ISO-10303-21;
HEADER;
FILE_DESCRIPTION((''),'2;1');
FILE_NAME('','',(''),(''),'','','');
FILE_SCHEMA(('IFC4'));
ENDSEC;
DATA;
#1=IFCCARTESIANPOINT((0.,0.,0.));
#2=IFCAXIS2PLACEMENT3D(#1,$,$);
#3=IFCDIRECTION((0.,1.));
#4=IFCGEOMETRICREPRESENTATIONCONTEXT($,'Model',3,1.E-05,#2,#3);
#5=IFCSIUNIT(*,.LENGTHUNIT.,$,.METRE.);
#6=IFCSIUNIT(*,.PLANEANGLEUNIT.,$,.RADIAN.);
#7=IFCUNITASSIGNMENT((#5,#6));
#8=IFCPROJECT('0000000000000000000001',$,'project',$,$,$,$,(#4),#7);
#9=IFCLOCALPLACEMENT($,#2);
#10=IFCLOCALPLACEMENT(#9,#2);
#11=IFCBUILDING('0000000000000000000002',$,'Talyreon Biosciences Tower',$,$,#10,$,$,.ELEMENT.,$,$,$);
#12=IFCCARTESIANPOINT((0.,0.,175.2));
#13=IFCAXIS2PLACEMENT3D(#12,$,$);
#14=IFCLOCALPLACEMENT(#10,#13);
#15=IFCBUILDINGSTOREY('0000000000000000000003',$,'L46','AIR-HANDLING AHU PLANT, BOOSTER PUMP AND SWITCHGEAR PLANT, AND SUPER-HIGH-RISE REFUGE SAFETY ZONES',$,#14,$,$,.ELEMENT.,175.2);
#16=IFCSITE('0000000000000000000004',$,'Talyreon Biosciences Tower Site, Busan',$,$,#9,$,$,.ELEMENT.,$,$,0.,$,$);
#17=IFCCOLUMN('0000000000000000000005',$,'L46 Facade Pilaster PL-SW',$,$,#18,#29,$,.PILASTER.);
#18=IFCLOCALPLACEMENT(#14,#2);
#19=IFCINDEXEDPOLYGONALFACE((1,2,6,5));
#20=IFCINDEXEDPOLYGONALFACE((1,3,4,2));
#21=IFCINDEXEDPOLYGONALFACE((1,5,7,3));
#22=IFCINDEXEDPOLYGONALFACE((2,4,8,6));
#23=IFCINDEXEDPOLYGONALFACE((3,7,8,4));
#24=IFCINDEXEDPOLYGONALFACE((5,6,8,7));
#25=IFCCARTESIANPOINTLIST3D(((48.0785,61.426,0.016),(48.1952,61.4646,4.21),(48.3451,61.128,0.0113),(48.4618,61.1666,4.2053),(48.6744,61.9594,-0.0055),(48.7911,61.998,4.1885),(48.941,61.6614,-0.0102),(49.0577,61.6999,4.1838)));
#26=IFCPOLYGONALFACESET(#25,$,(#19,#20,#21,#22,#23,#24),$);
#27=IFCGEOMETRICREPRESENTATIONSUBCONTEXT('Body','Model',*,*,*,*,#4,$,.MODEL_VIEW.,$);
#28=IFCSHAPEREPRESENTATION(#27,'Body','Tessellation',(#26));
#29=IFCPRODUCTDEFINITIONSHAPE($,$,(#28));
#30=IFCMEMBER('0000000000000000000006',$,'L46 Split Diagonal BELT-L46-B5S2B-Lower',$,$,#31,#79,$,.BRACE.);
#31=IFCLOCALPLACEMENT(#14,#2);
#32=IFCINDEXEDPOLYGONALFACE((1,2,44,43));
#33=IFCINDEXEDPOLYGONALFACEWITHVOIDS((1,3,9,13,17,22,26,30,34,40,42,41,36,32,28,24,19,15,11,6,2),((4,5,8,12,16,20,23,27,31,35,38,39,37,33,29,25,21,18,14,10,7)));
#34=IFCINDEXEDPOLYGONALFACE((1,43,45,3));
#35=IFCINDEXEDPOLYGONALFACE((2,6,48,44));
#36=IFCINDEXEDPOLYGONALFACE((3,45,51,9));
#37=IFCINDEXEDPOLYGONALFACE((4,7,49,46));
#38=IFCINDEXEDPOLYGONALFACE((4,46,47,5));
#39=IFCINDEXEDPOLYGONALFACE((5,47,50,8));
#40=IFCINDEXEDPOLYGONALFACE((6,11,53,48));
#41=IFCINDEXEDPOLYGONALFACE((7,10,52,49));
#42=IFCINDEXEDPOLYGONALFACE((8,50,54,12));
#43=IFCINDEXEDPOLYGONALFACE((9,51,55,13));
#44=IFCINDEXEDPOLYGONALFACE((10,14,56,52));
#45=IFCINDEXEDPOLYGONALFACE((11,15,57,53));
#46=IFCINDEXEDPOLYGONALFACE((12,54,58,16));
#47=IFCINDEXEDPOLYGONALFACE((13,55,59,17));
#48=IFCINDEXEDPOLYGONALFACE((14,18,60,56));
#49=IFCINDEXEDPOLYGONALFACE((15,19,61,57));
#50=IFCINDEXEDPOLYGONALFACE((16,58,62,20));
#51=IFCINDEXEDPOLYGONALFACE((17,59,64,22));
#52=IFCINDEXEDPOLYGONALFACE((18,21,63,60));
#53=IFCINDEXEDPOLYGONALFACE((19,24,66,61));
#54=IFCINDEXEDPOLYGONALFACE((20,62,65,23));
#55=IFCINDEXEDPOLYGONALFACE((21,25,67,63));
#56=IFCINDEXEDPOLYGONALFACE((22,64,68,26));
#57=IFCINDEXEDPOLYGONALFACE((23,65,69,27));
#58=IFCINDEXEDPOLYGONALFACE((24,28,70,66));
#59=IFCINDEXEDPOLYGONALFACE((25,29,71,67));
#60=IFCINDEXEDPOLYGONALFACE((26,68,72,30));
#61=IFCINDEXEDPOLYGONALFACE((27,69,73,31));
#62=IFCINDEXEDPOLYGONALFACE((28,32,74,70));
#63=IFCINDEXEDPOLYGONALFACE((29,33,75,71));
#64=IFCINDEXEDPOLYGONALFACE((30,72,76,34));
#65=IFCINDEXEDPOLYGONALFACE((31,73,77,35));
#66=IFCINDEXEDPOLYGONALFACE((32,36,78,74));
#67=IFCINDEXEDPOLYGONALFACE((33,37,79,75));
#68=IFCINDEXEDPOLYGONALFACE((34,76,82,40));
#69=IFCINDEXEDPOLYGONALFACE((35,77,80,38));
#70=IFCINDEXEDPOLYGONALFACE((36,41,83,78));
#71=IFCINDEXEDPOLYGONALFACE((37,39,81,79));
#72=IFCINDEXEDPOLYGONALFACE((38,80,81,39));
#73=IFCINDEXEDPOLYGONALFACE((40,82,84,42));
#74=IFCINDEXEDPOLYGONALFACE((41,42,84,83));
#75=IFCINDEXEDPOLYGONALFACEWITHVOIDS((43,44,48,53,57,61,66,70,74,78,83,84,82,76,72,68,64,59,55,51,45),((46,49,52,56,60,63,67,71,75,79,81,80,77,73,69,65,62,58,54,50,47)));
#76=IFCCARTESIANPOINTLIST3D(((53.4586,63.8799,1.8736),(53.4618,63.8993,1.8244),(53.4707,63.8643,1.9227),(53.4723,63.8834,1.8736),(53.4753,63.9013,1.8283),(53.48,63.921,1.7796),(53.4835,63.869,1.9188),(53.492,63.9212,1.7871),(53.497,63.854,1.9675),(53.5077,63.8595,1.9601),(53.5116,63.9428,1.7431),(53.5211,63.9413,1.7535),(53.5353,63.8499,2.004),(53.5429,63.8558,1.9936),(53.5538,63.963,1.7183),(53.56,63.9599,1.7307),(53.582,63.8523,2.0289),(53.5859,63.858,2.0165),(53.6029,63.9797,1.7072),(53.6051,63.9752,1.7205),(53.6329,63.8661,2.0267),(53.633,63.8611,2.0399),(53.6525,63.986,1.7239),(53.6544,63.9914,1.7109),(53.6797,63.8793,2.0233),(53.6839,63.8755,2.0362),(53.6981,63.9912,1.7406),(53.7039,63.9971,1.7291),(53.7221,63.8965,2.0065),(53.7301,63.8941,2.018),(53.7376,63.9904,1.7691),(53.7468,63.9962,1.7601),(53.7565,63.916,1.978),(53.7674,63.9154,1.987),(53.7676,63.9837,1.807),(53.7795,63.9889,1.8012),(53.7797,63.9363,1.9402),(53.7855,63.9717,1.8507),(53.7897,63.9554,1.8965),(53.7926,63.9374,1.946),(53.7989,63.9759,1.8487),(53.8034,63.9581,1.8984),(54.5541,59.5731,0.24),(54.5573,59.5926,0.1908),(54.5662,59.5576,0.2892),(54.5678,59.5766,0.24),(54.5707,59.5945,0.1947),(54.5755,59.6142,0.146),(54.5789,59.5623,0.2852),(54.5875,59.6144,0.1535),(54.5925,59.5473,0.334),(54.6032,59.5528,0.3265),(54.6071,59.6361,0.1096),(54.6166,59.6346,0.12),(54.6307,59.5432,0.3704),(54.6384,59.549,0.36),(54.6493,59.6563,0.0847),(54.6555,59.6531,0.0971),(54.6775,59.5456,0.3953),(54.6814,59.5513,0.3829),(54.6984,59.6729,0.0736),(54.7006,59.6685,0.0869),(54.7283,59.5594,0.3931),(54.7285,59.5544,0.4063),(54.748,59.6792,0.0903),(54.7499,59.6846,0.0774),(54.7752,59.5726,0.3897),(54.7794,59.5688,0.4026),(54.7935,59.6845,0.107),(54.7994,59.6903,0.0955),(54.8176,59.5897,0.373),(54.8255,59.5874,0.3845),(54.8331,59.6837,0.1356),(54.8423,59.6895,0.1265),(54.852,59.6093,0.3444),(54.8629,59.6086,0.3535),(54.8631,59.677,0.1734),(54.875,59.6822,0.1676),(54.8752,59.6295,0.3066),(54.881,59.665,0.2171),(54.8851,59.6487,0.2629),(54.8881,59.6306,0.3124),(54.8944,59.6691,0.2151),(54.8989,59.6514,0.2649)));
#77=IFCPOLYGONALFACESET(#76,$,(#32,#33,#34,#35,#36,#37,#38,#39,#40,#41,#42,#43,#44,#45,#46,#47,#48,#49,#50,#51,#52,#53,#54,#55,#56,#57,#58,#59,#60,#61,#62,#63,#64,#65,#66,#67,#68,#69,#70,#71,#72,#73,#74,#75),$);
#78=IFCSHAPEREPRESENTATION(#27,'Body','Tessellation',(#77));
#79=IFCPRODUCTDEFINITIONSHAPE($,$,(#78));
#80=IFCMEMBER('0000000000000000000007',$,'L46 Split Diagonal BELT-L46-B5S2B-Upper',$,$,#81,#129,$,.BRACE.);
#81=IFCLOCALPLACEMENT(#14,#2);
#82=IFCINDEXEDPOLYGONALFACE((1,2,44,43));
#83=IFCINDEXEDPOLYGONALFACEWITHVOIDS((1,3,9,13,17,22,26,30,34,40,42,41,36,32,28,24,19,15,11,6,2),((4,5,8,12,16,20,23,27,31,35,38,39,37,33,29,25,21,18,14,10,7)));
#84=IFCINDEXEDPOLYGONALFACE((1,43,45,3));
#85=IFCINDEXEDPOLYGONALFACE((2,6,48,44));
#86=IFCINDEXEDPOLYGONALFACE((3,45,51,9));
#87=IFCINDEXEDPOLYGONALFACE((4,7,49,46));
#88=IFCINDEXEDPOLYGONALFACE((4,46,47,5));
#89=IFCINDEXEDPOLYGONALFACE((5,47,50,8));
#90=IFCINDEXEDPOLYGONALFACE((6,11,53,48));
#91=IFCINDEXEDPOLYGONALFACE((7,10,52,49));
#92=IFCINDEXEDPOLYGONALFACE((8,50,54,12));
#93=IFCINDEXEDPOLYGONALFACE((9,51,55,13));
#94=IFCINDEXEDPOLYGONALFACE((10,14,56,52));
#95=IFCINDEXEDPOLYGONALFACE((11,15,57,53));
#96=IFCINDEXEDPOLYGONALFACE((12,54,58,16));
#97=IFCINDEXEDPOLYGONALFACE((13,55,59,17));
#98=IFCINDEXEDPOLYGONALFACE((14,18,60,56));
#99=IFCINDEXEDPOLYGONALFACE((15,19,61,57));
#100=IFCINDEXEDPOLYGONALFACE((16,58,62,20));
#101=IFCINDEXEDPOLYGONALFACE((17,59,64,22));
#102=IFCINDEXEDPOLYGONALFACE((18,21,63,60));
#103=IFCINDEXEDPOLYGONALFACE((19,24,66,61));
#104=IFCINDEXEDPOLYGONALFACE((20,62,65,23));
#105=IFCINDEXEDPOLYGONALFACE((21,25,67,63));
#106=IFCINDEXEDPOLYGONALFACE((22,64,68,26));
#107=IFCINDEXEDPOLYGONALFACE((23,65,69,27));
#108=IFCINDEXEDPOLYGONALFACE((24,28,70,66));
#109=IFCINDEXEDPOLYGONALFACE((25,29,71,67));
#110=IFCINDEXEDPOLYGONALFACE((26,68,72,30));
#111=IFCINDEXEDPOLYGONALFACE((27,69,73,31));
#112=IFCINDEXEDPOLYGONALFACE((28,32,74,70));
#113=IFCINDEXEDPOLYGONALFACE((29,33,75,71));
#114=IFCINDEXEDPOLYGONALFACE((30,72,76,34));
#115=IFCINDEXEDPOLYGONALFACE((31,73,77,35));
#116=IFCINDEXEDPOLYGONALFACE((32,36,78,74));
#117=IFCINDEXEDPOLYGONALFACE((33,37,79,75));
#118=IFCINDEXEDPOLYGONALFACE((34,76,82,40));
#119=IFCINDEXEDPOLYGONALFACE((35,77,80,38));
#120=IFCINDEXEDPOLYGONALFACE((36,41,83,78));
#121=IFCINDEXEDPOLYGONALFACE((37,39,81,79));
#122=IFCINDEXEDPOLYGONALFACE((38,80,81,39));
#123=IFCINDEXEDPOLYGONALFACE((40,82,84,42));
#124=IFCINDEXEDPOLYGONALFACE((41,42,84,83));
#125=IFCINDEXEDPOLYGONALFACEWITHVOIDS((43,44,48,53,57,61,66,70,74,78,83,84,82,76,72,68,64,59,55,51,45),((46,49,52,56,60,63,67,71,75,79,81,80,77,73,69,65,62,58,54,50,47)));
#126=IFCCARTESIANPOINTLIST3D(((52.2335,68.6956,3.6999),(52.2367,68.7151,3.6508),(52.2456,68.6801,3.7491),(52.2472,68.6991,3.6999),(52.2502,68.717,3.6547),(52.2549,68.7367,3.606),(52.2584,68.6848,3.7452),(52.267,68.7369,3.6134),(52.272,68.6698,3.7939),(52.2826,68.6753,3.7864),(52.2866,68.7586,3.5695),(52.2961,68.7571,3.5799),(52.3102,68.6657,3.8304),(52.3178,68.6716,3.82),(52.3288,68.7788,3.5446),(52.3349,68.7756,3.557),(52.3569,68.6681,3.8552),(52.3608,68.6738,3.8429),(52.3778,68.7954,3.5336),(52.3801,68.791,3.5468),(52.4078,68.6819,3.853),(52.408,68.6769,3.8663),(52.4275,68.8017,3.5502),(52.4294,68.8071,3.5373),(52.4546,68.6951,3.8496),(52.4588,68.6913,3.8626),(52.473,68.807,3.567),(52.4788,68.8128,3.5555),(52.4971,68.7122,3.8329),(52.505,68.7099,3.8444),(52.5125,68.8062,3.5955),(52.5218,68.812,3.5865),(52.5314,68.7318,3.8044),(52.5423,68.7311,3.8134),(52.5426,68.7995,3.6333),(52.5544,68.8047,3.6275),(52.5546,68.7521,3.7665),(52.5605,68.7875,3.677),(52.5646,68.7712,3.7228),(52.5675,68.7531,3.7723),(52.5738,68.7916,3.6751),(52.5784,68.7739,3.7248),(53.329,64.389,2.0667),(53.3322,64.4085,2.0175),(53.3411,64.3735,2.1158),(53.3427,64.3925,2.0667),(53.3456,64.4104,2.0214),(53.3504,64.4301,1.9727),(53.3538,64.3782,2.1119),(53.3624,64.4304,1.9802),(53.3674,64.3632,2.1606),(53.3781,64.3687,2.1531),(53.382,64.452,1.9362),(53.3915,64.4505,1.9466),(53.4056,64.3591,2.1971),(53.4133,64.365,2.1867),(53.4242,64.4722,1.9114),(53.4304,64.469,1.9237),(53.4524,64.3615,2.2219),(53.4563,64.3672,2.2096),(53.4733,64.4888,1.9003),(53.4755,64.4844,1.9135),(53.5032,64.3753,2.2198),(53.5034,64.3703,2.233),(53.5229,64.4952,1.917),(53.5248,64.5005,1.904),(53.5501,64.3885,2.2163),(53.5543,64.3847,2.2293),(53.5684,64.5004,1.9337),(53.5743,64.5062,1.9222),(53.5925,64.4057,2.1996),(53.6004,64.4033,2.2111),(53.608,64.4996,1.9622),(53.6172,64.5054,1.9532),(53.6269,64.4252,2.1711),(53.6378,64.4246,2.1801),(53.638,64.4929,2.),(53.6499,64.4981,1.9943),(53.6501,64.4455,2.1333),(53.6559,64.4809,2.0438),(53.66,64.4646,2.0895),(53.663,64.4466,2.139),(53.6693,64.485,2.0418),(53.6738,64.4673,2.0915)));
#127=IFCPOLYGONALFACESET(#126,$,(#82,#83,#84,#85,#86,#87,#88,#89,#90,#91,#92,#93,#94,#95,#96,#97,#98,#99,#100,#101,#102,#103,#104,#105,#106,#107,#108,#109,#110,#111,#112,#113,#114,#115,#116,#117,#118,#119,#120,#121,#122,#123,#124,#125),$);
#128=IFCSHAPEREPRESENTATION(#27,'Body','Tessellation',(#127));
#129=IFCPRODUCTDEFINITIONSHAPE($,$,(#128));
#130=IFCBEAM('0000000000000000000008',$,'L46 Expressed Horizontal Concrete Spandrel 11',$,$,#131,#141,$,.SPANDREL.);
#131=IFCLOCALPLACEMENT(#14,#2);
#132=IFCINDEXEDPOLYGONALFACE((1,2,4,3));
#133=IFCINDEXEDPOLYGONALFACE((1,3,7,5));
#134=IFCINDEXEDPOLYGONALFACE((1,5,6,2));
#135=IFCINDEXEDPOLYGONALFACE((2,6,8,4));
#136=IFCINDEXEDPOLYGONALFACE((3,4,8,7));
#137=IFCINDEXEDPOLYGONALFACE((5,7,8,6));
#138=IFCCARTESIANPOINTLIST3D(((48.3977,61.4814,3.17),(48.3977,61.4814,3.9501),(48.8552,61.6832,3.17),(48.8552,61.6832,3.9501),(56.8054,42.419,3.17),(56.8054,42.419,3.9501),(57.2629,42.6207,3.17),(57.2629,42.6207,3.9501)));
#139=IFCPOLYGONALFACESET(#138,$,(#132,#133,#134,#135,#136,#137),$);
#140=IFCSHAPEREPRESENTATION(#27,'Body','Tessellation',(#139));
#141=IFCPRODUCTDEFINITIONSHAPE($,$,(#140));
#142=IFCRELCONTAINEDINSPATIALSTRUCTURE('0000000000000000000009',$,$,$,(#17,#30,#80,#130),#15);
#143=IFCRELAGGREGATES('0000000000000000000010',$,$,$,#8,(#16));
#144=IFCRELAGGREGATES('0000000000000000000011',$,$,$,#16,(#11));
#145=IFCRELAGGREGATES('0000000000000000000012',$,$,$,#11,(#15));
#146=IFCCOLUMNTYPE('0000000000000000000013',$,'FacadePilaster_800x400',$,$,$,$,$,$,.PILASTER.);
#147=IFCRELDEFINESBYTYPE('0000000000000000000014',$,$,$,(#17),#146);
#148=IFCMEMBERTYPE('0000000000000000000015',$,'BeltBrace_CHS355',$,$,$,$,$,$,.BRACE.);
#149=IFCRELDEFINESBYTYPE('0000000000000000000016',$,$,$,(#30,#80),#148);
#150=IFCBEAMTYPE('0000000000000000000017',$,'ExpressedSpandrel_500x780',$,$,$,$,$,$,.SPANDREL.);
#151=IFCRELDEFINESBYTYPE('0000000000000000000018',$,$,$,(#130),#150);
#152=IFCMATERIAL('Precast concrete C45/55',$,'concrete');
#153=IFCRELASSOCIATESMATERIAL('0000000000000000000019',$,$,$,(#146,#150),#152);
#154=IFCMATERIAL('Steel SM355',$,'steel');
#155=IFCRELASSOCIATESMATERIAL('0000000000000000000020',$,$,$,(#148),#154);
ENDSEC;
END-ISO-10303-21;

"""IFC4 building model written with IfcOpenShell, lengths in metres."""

from ifc_helpers import new_model, si_unit, direction, frame, origin, origin_2d, place, context, subcontext, project, spatial, rectangle, hollow_circle, extrude, material, material_profile, profile_set, type_object, element, save


model = new_model("IFC4")

# Units and contexts
model_context = context("Model", 3, precision=1e-05, world=origin(), true_north=direction((0.0, 1.0)))
body_context = subcontext(model_context, "Body", "Model", "MODEL_VIEW")
ifc_project = project(units=[si_unit("LENGTHUNIT", "METRE"), si_unit("PLANEANGLEUNIT", "RADIAN")], contexts=[model_context])

# Site, building, storey
site_placement = place(None, origin())
site = spatial("IfcSite", under=ifc_project, at=site_placement, Name="Talyreon Biosciences Tower Site, Busan", CompositionType="ELEMENT", RefElevation=0.0)
building_placement = place(site_placement, origin())
building = spatial("IfcBuilding", under=site, at=building_placement, Name="Talyreon Biosciences Tower", CompositionType="ELEMENT")
storey_placement = place(building_placement, frame((0.0, 0.0, 175.2)))
storey = spatial("IfcBuildingStorey", under=building, at=storey_placement, Name="L46", Description="AIR-HANDLING AHU PLANT, BOOSTER PUMP AND SWITCHGEAR PLANT, AND SUPER-HIGH-RISE REFUGE SAFETY ZONES", CompositionType="ELEMENT", Elevation=175.2)

# Column
ifc_material_1 = material(Name="Precast concrete C45/55", Category="concrete")
ifc_material_profile_1 = material_profile(ifc_material_1, rectangle(XDim=0.8, YDim=0.3999, at=origin_2d()), Name="RC 800x400")
ifc_profile_set_1 = profile_set([ifc_material_profile_1], Name="Precast concrete C45/55")
column_type = type_object("IfcColumnType", Name="FacadePilaster_800x400", PredefinedType="PILASTER", material=ifc_profile_set_1)
column_placement = place(storey_placement, frame((48.5098, 61.5437, 0.0029), z_axis=(0.027813, 0.009193, 0.999571), x_axis=(0.744858, 0.666682, -0.026857)))
element("IfcColumn", 1, at=column_placement, inside=storey, type_object=column_type, Name="L46 Facade Pilaster PL-SW", PredefinedType="PILASTER", context=body_context, shape_type="SweptSolid", body=[
    extrude(rectangle(XDim=0.8, YDim=0.3999, at=origin_2d()), origin(), (0.0, 0.0, 1.0), 4.1958),
])

# Members
ifc_material_2 = material(Name="Steel SM355", Category="steel")
ifc_material_profile_2 = material_profile(ifc_material_2, hollow_circle(Radius=0.1777, WallThickness=0.0142, at=origin_2d()), Name="CHS 355.6x14.2")
ifc_profile_set_2 = profile_set([ifc_material_profile_2], Name="Steel SM355")
member_type_1 = type_object("IfcMemberType", Name="BeltBrace_CHS355", PredefinedType="BRACE", material=ifc_profile_set_2)
member_1_placement = place(storey_placement, frame((54.7263, 59.6169, 0.24), z_axis=(-0.231377, 0.909626, 0.345029), x_axis=(-0.969139, -0.246515, 0.0)))
element("IfcMember", 2, at=member_1_placement, inside=storey, type_object=member_type_1, Name="L46 Split Diagonal BELT-L46-B5S2B-Lower", PredefinedType="BRACE", context=body_context, shape_type="SweptSolid", body=[
    extrude(hollow_circle(Radius=0.1777, WallThickness=0.0142, at=origin_2d()), origin(), (0.0, 0.0, 1.0), 4.7346),
])
member_2_placement = place(storey_placement, frame((53.5012, 64.4329, 2.0667), z_axis=(-0.231381, 0.909642, 0.344983), x_axis=(-0.969139, -0.246515, 0.0)))
element("IfcMember", 3, at=member_2_placement, inside=storey, type_object=member_type_1, Name="L46 Split Diagonal BELT-L46-B5S2B-Upper", PredefinedType="BRACE", context=body_context, shape_type="SweptSolid", body=[
    extrude(hollow_circle(Radius=0.1777, WallThickness=0.0142, at=origin_2d()), origin(), (0.0, 0.0, 1.0), 4.7344),
])

# Beam
ifc_material_profile_3 = material_profile(ifc_material_1, rectangle(XDim=0.5, YDim=0.78, at=origin_2d()), Name="RCB 500x780")
ifc_profile_set_3 = profile_set([ifc_material_profile_3], Name="Precast concrete C45/55")
beam_type_1 = type_object("IfcBeamType", Name="ExpressedSpandrel_500x780", PredefinedType="SPANDREL", material=ifc_profile_set_3)
beam_1_placement = place(storey_placement, frame((48.6265, 61.5823, 3.5601), z_axis=(0.403551, -0.914957, 0.0), x_axis=(0.914957, 0.403551, 0.0)))
element("IfcBeam", 4, at=beam_1_placement, inside=storey, type_object=beam_type_1, Name="L46 Expressed Horizontal Concrete Spandrel 11", PredefinedType="SPANDREL", context=body_context, shape_type="SweptSolid", body=[
    extrude(rectangle(XDim=0.5, YDim=0.78, at=origin_2d()), origin(), (0.0, 0.0, 1.0), 20.8342),
])

save(model, "model.ifc")
